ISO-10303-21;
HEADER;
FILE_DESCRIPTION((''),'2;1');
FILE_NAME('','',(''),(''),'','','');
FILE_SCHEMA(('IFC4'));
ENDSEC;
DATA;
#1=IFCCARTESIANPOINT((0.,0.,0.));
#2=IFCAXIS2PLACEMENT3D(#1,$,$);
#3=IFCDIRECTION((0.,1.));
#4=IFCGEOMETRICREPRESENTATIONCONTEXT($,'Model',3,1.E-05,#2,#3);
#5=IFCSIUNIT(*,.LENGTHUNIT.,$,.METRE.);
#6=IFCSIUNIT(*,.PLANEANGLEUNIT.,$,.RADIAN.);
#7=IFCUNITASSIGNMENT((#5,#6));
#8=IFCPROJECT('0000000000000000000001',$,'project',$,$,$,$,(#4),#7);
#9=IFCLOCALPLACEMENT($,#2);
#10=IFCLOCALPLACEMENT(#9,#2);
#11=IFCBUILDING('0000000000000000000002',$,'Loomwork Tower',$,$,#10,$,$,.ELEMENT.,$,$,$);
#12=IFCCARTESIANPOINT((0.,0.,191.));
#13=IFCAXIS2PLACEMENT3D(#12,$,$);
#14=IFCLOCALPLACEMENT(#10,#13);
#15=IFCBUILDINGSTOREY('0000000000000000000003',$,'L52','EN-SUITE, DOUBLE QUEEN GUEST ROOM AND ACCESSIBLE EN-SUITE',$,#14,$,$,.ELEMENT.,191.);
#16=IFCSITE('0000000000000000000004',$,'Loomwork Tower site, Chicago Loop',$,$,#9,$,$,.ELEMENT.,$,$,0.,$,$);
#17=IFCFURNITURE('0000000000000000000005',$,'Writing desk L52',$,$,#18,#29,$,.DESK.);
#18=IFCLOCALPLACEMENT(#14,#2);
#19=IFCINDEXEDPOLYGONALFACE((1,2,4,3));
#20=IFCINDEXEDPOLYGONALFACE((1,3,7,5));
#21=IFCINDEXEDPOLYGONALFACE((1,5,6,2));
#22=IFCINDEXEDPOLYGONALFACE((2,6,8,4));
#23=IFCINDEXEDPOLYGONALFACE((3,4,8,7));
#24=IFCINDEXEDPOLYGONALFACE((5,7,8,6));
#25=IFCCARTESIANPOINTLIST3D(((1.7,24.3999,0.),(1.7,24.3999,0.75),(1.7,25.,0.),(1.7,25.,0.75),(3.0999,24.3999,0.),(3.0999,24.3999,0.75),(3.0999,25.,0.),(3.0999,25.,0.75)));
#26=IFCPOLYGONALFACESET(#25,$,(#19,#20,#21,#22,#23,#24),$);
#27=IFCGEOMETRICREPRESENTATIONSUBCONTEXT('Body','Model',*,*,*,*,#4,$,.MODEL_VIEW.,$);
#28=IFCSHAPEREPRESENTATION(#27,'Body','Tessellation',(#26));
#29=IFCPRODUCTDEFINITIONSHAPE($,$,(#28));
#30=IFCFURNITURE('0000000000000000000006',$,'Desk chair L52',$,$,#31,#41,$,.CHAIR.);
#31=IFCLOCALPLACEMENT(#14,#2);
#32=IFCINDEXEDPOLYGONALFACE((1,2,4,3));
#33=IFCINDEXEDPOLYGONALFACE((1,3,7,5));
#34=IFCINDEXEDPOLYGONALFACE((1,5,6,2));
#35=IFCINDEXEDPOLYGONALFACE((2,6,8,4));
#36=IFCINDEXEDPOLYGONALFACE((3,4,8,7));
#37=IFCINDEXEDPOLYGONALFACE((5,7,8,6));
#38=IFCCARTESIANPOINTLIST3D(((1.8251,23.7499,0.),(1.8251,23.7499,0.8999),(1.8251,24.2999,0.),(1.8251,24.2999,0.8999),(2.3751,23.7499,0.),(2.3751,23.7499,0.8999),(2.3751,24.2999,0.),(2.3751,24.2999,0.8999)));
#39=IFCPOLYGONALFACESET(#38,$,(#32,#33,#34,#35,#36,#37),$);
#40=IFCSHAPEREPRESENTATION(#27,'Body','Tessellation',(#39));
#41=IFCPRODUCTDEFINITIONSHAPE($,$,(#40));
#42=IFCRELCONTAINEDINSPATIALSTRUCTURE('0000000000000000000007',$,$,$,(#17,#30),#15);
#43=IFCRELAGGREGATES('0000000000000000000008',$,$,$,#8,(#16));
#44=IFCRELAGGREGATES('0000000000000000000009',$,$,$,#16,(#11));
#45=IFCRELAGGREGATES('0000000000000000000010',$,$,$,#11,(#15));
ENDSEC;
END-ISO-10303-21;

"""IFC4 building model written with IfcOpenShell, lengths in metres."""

from ifc_helpers import new_model, si_unit, direction, frame, origin, origin_2d, place, context, subcontext, project, spatial, rectangle, extrude, element, save


model = new_model("IFC4")

# Units and contexts
model_context = context("Model", 3, precision=1e-05, world=origin(), true_north=direction((0.0, 1.0)))
body_context = subcontext(model_context, "Body", "Model", "MODEL_VIEW")
ifc_project = project(units=[si_unit("LENGTHUNIT", "METRE"), si_unit("PLANEANGLEUNIT", "RADIAN")], contexts=[model_context])

# Site, building, storey
site_placement = place(None, origin())
site = spatial("IfcSite", under=ifc_project, at=site_placement, Name="Loomwork Tower site, Chicago Loop", CompositionType="ELEMENT", RefElevation=0.0)
building_placement = place(site_placement, origin())
building = spatial("IfcBuilding", under=site, at=building_placement, Name="Loomwork Tower", CompositionType="ELEMENT")
storey_placement = place(building_placement, frame((0.0, 0.0, 191.0)))
storey = spatial("IfcBuildingStorey", under=building, at=storey_placement, Name="L52", Description="EN-SUITE, DOUBLE QUEEN GUEST ROOM AND ACCESSIBLE EN-SUITE", CompositionType="ELEMENT", Elevation=191.0)

# Furniture
furniture_1_placement = place(storey_placement, frame((2.3999, 24.7, 0.0), z_axis=(0.0, 0.0, 1.0), x_axis=(1.0, 0.0, 0.0)))
element("IfcFurniture", 1, at=furniture_1_placement, inside=storey, Name="Writing desk L52", PredefinedType="DESK", context=body_context, shape_type="SweptSolid", body=[
    extrude(rectangle(XDim=1.3999, YDim=0.6001, at=origin_2d()), origin(), (0.0, 0.0, 1.0), 0.75),
])
furniture_2_placement = place(storey_placement, frame((2.1001, 24.0249, 0.0), z_axis=(0.0, 0.0, 1.0), x_axis=(1.0, 0.0, 0.0)))
element("IfcFurniture", 2, at=furniture_2_placement, inside=storey, Name="Desk chair L52", PredefinedType="CHAIR", context=body_context, shape_type="SweptSolid", body=[
    extrude(rectangle(XDim=0.55, YDim=0.55, at=origin_2d()), origin(), (0.0, 0.0, 1.0), 0.8999),
])

save(model, "model.ifc")
